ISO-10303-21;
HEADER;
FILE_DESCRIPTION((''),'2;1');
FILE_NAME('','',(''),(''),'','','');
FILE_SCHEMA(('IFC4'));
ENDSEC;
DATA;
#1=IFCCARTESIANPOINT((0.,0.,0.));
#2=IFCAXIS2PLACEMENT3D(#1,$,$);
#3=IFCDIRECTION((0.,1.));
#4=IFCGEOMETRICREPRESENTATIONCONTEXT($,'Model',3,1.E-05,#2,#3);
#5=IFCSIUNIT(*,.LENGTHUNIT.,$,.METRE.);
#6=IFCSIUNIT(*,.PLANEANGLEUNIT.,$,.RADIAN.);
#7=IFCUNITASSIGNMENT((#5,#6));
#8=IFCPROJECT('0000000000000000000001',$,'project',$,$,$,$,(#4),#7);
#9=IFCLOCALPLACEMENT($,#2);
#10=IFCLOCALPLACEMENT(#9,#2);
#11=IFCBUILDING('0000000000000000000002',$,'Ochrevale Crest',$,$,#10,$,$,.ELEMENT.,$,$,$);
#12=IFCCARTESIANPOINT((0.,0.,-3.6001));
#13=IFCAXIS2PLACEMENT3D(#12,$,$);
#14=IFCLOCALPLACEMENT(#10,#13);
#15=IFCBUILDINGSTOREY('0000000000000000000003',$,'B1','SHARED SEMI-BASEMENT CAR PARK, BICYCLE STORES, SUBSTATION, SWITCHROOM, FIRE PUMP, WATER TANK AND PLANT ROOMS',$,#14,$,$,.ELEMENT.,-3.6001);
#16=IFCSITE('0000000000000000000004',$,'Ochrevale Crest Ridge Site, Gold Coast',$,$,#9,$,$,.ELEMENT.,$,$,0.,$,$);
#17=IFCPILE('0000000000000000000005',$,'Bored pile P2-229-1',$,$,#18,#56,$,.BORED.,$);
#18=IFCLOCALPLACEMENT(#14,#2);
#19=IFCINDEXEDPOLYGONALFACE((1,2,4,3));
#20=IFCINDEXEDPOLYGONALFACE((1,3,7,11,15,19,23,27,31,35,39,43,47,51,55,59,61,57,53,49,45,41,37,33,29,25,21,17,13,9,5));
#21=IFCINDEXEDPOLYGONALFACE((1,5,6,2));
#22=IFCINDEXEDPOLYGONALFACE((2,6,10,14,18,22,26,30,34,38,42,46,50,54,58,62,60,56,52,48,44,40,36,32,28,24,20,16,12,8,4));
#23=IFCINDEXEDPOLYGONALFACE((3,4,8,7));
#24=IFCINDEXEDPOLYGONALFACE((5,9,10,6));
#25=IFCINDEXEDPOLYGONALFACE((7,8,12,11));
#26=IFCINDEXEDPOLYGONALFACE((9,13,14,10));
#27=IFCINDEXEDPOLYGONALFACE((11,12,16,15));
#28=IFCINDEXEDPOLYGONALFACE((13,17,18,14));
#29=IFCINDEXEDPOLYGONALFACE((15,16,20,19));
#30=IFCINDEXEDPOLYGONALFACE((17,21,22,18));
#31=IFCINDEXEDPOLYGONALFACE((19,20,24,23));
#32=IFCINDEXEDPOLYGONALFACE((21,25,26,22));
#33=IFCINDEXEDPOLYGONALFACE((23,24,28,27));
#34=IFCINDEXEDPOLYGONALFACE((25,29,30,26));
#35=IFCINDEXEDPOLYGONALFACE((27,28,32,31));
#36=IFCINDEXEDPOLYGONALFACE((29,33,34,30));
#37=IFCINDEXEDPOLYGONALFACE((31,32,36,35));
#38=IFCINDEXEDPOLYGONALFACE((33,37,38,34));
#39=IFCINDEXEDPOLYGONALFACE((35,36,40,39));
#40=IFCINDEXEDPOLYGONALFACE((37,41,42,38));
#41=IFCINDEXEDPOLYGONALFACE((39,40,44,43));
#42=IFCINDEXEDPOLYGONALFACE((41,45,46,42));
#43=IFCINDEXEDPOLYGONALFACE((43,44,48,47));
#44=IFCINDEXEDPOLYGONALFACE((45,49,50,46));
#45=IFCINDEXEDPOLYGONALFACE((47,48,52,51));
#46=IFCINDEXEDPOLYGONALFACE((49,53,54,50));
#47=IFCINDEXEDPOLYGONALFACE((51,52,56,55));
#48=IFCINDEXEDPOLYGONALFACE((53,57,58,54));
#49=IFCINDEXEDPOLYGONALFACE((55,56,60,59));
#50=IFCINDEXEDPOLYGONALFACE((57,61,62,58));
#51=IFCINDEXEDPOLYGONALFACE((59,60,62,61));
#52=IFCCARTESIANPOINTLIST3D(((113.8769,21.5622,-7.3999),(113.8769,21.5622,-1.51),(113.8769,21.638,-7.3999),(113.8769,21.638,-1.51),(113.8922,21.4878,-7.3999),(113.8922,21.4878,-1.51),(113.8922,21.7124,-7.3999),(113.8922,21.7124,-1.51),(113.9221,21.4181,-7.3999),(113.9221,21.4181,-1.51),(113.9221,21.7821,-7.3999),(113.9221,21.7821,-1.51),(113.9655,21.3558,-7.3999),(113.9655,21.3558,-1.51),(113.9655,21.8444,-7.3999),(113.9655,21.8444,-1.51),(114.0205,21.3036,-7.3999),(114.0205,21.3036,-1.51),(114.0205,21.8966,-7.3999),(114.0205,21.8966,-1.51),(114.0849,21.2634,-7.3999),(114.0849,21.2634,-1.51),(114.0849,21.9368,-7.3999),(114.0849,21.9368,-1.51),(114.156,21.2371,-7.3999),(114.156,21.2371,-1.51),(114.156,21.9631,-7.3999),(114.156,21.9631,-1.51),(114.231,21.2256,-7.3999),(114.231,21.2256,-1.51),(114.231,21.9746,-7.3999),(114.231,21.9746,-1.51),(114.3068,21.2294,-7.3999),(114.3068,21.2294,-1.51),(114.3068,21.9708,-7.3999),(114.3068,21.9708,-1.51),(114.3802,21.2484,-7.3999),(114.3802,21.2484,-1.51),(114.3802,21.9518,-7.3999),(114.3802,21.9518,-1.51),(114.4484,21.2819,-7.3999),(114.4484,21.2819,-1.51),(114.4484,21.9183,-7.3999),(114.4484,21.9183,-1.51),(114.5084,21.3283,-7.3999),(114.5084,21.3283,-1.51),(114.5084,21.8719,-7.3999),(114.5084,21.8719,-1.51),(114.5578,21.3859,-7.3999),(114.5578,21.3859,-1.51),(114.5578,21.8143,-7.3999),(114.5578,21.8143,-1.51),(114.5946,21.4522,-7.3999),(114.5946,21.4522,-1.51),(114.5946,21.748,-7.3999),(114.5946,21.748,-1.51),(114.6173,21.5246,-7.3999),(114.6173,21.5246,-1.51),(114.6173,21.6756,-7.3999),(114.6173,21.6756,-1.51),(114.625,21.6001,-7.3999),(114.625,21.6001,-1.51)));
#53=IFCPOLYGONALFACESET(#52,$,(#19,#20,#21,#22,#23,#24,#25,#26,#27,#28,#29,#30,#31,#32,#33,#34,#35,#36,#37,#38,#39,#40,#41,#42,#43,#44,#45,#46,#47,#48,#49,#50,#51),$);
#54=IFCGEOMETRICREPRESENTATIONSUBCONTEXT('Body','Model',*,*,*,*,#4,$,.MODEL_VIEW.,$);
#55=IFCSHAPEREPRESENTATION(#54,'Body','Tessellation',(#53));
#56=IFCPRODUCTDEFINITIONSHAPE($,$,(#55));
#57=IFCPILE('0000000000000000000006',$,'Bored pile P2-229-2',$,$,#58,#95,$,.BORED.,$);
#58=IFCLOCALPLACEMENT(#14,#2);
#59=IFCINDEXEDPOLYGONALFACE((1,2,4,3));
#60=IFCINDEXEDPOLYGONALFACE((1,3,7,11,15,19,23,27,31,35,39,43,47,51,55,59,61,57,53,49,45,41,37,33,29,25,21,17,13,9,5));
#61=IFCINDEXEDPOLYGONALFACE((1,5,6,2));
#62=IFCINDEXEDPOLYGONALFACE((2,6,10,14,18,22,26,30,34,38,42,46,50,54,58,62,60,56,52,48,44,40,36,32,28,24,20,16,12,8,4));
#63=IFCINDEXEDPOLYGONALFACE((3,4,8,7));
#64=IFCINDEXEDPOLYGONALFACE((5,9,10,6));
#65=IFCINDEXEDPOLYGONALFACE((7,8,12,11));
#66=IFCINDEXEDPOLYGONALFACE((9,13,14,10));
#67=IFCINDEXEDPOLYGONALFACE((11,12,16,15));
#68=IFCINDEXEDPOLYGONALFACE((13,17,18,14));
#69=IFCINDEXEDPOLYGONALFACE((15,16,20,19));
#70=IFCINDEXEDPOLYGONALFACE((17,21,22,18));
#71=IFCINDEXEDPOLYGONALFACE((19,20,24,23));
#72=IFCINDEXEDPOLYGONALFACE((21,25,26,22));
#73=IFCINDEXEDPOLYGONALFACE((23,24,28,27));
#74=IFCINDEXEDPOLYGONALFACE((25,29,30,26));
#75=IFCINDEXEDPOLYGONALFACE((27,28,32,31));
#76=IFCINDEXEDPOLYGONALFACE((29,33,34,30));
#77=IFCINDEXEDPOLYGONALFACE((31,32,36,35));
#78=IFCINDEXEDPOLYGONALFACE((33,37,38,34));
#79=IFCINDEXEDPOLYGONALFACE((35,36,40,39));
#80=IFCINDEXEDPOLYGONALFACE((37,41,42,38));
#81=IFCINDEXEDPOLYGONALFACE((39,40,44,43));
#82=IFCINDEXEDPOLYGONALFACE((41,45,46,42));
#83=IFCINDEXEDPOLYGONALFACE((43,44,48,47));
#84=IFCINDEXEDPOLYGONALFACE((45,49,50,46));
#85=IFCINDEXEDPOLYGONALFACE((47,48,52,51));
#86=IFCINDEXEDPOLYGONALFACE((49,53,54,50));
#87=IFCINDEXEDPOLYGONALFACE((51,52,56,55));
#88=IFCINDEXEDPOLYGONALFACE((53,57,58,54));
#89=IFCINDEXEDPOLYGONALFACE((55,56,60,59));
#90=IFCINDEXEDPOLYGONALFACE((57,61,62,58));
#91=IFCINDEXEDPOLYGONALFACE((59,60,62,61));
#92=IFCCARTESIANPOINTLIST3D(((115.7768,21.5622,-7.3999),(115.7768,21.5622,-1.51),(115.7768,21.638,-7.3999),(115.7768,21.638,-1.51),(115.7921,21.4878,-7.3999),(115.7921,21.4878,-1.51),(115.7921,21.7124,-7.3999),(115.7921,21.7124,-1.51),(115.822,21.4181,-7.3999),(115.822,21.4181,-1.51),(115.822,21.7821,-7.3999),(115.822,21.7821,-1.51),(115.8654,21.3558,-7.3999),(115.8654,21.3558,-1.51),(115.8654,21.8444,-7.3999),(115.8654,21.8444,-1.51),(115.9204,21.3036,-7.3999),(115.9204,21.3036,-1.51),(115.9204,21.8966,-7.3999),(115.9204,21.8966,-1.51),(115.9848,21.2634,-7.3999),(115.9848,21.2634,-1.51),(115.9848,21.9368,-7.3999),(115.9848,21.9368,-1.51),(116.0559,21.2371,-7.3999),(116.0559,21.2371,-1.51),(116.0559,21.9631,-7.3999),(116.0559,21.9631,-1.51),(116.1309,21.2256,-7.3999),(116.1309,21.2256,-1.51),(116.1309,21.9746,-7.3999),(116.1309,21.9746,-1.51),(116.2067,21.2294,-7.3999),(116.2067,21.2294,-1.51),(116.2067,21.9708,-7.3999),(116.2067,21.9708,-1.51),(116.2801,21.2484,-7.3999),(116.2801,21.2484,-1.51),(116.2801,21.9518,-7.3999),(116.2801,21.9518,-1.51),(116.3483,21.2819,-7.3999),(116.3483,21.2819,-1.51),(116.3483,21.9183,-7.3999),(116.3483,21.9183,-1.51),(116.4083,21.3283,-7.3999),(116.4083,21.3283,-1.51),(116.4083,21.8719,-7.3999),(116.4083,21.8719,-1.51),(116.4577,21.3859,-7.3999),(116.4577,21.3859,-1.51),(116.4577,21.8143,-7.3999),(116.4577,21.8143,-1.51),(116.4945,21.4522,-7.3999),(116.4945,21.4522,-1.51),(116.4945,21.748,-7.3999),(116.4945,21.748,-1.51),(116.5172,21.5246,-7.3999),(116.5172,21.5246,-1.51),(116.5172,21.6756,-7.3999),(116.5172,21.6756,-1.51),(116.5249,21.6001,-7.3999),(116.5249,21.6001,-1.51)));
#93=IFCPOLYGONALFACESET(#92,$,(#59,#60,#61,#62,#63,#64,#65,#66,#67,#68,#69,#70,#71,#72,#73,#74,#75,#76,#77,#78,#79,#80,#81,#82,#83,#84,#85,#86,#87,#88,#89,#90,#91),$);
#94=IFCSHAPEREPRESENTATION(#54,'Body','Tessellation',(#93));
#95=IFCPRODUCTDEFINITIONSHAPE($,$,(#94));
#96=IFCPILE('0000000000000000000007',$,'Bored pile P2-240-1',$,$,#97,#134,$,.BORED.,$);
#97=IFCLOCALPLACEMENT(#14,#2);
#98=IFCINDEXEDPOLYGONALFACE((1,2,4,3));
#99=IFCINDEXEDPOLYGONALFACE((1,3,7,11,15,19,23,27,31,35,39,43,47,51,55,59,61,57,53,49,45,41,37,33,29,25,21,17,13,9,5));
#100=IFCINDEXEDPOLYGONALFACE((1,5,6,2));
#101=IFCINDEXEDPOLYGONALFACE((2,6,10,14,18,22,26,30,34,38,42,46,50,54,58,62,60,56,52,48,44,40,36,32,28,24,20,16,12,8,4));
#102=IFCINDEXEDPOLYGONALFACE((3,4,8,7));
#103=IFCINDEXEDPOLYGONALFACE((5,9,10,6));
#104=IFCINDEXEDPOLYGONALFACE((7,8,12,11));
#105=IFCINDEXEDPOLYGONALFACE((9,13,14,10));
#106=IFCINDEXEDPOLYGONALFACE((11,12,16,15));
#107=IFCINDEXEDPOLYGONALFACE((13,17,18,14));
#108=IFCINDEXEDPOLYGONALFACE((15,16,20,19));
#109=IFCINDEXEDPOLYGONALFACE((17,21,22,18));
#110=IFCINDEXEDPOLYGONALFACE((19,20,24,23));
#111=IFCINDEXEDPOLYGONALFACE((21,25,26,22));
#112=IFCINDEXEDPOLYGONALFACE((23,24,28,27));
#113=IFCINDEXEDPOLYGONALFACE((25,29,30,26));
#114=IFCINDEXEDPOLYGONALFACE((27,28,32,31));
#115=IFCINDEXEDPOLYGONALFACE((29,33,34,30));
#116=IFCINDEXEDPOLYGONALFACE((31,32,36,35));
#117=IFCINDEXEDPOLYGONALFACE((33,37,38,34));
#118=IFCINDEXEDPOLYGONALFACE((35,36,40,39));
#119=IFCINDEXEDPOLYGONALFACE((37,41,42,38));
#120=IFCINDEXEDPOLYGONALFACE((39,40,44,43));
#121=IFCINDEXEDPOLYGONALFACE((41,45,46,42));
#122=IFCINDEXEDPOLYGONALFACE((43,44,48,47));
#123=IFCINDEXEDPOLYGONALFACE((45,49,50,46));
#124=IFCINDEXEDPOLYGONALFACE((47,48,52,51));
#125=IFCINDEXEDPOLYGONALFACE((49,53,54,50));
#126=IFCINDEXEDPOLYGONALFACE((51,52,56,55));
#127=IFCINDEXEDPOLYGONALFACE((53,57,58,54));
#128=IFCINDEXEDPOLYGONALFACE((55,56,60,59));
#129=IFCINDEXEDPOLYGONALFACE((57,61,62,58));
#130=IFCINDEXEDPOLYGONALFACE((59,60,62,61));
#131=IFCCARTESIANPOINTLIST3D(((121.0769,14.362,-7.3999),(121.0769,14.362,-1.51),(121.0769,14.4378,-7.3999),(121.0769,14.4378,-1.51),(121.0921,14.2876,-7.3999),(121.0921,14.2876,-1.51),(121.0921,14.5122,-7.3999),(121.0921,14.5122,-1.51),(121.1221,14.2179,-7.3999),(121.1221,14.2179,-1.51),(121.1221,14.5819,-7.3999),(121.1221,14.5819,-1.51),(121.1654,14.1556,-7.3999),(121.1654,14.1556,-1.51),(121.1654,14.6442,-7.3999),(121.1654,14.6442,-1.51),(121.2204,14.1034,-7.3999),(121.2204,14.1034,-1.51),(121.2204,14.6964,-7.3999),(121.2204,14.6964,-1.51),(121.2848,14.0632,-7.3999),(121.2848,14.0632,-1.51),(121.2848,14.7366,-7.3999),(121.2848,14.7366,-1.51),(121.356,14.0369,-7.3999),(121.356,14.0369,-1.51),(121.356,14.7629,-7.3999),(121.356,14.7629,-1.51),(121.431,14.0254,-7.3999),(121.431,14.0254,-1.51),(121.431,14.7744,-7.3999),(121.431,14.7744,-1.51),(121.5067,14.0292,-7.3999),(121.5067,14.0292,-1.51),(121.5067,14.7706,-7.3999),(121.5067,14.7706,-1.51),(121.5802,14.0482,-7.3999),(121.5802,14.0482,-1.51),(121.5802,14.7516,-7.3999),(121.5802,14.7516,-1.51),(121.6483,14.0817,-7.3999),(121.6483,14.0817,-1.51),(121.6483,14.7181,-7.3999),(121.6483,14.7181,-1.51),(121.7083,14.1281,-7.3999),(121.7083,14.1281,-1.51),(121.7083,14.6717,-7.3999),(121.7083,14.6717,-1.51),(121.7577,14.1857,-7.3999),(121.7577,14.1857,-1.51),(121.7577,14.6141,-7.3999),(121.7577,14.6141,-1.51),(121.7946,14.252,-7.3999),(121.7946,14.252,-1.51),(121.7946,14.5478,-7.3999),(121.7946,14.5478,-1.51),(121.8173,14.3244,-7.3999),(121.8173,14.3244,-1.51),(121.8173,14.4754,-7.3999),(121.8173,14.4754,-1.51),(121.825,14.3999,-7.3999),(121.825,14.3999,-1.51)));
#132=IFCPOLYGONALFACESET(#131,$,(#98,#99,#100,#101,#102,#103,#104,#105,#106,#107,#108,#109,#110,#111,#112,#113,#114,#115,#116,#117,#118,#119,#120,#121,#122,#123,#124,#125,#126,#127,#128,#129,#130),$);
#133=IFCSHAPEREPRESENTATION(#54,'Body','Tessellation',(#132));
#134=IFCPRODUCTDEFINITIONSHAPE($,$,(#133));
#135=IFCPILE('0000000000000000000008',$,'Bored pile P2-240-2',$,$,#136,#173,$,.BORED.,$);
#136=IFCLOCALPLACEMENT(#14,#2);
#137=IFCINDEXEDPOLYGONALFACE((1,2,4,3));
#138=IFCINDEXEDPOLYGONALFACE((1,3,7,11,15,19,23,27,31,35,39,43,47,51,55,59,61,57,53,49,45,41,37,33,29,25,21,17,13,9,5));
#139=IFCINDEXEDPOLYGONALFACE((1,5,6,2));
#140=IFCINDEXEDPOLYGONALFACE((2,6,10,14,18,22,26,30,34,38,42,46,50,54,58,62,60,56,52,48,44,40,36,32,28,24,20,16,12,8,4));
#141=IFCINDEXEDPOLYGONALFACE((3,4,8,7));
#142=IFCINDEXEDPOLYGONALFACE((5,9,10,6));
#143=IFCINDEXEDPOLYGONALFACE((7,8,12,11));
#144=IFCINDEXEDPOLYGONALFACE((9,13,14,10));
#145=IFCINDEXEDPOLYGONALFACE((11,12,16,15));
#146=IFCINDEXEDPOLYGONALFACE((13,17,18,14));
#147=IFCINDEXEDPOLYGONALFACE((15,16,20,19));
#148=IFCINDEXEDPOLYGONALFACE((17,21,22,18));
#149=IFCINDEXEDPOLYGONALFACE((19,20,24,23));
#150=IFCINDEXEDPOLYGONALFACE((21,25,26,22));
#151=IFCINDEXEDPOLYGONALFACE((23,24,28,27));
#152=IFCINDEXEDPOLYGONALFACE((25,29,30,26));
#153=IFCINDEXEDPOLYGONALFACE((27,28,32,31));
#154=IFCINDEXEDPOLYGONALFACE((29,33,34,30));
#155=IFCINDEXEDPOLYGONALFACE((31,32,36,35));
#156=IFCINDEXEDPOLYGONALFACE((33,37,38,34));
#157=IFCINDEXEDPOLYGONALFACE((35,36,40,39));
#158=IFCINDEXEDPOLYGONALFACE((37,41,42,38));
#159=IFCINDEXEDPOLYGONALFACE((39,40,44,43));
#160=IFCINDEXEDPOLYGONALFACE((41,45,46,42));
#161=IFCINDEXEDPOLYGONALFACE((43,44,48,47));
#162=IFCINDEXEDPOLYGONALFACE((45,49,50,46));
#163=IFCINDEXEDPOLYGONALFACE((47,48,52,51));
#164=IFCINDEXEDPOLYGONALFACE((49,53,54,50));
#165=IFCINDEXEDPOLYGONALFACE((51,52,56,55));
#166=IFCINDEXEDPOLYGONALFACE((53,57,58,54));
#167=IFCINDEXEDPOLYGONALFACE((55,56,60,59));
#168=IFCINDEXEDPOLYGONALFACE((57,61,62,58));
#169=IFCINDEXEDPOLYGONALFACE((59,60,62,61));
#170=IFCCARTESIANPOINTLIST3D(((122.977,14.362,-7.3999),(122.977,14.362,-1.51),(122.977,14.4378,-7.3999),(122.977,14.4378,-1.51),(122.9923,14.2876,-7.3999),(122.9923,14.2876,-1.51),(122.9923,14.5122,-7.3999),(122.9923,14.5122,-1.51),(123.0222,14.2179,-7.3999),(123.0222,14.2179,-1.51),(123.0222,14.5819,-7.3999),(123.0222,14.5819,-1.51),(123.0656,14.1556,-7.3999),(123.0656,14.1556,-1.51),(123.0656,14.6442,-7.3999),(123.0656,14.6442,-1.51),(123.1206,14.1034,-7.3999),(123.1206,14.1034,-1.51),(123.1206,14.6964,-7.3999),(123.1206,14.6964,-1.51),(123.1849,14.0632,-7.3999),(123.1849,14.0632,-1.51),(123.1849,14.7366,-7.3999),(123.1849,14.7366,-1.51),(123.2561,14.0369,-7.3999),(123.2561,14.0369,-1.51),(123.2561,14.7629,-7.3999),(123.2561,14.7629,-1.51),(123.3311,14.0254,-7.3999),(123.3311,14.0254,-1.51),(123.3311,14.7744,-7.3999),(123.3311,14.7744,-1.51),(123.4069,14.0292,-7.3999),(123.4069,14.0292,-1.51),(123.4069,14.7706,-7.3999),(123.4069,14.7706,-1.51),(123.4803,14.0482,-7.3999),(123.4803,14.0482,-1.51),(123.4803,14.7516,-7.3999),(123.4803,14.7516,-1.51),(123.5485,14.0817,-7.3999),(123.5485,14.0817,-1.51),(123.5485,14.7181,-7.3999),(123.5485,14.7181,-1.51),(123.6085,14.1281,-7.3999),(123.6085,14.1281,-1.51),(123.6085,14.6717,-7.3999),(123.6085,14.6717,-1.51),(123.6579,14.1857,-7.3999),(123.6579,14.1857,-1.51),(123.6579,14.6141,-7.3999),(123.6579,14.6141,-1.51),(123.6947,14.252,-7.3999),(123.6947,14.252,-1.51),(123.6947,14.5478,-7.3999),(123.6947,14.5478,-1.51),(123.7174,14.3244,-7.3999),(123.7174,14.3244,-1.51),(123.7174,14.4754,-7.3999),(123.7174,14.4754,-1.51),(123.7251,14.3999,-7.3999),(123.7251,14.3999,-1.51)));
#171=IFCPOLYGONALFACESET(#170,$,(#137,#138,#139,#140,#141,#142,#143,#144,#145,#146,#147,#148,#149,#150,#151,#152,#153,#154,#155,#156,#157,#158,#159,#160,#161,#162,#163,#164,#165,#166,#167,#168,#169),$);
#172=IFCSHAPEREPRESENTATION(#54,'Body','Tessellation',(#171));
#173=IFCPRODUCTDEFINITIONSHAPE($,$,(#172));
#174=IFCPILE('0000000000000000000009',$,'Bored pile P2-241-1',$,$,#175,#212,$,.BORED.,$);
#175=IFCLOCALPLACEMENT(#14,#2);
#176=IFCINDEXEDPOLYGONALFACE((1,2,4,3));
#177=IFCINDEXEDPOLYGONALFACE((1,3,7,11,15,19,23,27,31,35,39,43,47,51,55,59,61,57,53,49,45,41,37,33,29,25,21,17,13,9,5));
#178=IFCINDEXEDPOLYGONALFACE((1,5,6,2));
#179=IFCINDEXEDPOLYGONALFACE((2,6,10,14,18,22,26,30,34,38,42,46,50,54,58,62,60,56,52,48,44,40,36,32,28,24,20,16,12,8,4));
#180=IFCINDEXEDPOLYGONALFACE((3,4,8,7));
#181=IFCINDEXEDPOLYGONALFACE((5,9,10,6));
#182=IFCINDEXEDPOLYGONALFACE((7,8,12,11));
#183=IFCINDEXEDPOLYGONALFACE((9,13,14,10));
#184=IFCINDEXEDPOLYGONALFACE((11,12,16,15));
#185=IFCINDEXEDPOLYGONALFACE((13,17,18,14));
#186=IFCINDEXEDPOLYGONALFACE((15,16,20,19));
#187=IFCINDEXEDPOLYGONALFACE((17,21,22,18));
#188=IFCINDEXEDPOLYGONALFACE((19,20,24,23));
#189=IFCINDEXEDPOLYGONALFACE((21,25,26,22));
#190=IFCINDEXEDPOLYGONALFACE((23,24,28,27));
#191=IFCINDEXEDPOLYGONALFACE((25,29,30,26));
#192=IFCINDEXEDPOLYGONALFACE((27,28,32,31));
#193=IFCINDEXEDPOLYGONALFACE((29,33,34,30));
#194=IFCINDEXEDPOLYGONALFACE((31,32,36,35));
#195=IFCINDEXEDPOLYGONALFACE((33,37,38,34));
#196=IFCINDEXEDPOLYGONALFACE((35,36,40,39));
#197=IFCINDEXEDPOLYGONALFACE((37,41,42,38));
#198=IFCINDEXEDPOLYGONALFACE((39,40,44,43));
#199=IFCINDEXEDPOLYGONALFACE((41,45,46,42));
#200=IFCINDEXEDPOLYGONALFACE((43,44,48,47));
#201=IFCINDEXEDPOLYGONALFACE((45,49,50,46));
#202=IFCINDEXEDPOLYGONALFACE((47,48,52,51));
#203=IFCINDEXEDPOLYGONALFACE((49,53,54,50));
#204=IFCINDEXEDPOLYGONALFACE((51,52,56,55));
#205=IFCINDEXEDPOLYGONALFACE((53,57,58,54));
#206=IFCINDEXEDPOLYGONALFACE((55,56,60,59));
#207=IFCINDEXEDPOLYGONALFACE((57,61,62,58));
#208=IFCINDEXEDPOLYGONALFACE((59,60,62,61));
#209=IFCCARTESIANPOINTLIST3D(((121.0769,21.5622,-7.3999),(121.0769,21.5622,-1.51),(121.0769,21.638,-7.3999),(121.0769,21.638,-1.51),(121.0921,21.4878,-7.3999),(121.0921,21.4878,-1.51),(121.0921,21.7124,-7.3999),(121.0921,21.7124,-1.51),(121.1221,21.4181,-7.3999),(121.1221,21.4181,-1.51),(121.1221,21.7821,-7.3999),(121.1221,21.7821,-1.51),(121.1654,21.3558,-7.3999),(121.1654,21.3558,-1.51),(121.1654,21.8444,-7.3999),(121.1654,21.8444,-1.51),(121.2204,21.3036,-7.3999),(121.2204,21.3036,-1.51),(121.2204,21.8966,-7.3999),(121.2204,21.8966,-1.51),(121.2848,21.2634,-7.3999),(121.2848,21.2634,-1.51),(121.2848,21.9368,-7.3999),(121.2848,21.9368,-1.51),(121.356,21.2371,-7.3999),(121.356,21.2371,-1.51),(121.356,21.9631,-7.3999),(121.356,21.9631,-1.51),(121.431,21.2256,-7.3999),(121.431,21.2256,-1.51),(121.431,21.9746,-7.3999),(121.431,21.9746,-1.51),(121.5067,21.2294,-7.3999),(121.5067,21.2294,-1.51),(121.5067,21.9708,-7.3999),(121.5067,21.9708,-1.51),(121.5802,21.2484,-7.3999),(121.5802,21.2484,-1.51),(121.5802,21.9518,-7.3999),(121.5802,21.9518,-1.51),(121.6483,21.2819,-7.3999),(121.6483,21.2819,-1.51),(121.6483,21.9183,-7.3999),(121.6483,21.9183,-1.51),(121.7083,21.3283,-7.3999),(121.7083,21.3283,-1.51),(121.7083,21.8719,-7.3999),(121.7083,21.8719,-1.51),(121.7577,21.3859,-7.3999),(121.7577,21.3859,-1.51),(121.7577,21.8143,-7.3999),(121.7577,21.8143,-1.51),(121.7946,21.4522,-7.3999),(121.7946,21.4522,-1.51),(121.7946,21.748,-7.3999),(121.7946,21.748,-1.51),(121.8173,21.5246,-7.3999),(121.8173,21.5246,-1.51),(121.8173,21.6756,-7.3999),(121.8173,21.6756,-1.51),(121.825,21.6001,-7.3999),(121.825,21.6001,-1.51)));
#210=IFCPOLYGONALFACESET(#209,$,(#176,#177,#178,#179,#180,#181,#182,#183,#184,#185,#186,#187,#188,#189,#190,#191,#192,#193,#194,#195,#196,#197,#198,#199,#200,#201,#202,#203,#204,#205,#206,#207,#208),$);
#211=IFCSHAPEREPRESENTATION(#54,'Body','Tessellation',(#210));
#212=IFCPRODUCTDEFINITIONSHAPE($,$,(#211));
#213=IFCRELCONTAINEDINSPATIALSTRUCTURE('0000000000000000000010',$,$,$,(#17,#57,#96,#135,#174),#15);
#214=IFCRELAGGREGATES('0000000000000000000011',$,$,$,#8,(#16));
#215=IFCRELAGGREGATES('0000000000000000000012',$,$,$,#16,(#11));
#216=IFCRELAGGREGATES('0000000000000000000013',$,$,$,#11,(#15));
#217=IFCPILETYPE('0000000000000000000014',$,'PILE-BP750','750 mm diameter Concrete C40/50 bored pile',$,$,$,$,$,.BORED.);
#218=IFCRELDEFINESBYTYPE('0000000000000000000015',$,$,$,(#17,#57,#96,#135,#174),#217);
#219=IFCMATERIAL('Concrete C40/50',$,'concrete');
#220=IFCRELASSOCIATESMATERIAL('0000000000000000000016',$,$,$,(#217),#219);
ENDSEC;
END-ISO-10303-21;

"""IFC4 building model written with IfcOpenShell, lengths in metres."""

from ifc_helpers import new_model, si_unit, direction, frame, origin, origin_2d, place, context, subcontext, project, spatial, circle, extrude, material, material_profile, profile_set, type_object, element, save


model = new_model("IFC4")

# Units and contexts
model_context = context("Model", 3, precision=1e-05, world=origin(), true_north=direction((0.0, 1.0)))
body_context = subcontext(model_context, "Body", "Model", "MODEL_VIEW")
ifc_project = project(units=[si_unit("LENGTHUNIT", "METRE"), si_unit("PLANEANGLEUNIT", "RADIAN")], contexts=[model_context])

# Site, building, storey
site_placement = place(None, origin())
site = spatial("IfcSite", under=ifc_project, at=site_placement, Name="Ochrevale Crest Ridge Site, Gold Coast", CompositionType="ELEMENT", RefElevation=0.0)
building_placement = place(site_placement, origin())
building = spatial("IfcBuilding", under=site, at=building_placement, Name="Ochrevale Crest", CompositionType="ELEMENT")
storey_placement = place(building_placement, frame((0.0, 0.0, -3.6001)))
storey = spatial("IfcBuildingStorey", under=building, at=storey_placement, Name="B1", Description="SHARED SEMI-BASEMENT CAR PARK, BICYCLE STORES, SUBSTATION, SWITCHROOM, FIRE PUMP, WATER TANK AND PLANT ROOMS", CompositionType="ELEMENT", Elevation=-3.6001)

# Shared definitions
ifc_material_1 = material(Name="Concrete C40/50", Category="concrete")

# Piles
ifc_material_profile_1 = material_profile(ifc_material_1, circle(Radius=0.375, at=origin_2d()), Name="BORED PILE 750")
ifc_profile_set_1 = profile_set([ifc_material_profile_1], Name="Concrete C40/50")
pile_type = type_object("IfcPileType", Name="PILE-BP750", Description="750 mm diameter Concrete C40/50 bored pile", PredefinedType="BORED", material=ifc_profile_set_1)
for number, where, z_axis, x_axis, name in (
    (1, (114.25, 21.6001, -1.51), (0.0, 0.0, -1.0), (1.0, 0.0, 0.0), "Bored pile P2-229-1"),
    (2, (116.1499, 21.6001, -1.51), (0.0, 0.0, -1.0), (1.0, 0.0, 0.0), "Bored pile P2-229-2"),
    (3, (121.45, 14.3999, -1.51), (0.0, 0.0, -1.0), (1.0, 0.0, 0.0), "Bored pile P2-240-1"),
    (4, (123.3501, 14.3999, -1.51), (0.0, 0.0, -1.0), (1.0, 0.0, 0.0), "Bored pile P2-240-2"),
    (5, (121.45, 21.6001, -1.51), (0.0, 0.0, -1.0), (1.0, 0.0, 0.0), "Bored pile P2-241-1"),
):
    element("IfcPile", number, at=place(storey_placement, frame(where, z_axis=z_axis, x_axis=x_axis)), inside=storey, type_object=pile_type, Name=name, PredefinedType="BORED", context=body_context, shape_type="SweptSolid", body=[
        extrude(circle(Radius=0.375, at=origin_2d()), origin(), (0.0, 0.0, 1.0), 5.8899),
    ])

save(model, "model.ifc")
